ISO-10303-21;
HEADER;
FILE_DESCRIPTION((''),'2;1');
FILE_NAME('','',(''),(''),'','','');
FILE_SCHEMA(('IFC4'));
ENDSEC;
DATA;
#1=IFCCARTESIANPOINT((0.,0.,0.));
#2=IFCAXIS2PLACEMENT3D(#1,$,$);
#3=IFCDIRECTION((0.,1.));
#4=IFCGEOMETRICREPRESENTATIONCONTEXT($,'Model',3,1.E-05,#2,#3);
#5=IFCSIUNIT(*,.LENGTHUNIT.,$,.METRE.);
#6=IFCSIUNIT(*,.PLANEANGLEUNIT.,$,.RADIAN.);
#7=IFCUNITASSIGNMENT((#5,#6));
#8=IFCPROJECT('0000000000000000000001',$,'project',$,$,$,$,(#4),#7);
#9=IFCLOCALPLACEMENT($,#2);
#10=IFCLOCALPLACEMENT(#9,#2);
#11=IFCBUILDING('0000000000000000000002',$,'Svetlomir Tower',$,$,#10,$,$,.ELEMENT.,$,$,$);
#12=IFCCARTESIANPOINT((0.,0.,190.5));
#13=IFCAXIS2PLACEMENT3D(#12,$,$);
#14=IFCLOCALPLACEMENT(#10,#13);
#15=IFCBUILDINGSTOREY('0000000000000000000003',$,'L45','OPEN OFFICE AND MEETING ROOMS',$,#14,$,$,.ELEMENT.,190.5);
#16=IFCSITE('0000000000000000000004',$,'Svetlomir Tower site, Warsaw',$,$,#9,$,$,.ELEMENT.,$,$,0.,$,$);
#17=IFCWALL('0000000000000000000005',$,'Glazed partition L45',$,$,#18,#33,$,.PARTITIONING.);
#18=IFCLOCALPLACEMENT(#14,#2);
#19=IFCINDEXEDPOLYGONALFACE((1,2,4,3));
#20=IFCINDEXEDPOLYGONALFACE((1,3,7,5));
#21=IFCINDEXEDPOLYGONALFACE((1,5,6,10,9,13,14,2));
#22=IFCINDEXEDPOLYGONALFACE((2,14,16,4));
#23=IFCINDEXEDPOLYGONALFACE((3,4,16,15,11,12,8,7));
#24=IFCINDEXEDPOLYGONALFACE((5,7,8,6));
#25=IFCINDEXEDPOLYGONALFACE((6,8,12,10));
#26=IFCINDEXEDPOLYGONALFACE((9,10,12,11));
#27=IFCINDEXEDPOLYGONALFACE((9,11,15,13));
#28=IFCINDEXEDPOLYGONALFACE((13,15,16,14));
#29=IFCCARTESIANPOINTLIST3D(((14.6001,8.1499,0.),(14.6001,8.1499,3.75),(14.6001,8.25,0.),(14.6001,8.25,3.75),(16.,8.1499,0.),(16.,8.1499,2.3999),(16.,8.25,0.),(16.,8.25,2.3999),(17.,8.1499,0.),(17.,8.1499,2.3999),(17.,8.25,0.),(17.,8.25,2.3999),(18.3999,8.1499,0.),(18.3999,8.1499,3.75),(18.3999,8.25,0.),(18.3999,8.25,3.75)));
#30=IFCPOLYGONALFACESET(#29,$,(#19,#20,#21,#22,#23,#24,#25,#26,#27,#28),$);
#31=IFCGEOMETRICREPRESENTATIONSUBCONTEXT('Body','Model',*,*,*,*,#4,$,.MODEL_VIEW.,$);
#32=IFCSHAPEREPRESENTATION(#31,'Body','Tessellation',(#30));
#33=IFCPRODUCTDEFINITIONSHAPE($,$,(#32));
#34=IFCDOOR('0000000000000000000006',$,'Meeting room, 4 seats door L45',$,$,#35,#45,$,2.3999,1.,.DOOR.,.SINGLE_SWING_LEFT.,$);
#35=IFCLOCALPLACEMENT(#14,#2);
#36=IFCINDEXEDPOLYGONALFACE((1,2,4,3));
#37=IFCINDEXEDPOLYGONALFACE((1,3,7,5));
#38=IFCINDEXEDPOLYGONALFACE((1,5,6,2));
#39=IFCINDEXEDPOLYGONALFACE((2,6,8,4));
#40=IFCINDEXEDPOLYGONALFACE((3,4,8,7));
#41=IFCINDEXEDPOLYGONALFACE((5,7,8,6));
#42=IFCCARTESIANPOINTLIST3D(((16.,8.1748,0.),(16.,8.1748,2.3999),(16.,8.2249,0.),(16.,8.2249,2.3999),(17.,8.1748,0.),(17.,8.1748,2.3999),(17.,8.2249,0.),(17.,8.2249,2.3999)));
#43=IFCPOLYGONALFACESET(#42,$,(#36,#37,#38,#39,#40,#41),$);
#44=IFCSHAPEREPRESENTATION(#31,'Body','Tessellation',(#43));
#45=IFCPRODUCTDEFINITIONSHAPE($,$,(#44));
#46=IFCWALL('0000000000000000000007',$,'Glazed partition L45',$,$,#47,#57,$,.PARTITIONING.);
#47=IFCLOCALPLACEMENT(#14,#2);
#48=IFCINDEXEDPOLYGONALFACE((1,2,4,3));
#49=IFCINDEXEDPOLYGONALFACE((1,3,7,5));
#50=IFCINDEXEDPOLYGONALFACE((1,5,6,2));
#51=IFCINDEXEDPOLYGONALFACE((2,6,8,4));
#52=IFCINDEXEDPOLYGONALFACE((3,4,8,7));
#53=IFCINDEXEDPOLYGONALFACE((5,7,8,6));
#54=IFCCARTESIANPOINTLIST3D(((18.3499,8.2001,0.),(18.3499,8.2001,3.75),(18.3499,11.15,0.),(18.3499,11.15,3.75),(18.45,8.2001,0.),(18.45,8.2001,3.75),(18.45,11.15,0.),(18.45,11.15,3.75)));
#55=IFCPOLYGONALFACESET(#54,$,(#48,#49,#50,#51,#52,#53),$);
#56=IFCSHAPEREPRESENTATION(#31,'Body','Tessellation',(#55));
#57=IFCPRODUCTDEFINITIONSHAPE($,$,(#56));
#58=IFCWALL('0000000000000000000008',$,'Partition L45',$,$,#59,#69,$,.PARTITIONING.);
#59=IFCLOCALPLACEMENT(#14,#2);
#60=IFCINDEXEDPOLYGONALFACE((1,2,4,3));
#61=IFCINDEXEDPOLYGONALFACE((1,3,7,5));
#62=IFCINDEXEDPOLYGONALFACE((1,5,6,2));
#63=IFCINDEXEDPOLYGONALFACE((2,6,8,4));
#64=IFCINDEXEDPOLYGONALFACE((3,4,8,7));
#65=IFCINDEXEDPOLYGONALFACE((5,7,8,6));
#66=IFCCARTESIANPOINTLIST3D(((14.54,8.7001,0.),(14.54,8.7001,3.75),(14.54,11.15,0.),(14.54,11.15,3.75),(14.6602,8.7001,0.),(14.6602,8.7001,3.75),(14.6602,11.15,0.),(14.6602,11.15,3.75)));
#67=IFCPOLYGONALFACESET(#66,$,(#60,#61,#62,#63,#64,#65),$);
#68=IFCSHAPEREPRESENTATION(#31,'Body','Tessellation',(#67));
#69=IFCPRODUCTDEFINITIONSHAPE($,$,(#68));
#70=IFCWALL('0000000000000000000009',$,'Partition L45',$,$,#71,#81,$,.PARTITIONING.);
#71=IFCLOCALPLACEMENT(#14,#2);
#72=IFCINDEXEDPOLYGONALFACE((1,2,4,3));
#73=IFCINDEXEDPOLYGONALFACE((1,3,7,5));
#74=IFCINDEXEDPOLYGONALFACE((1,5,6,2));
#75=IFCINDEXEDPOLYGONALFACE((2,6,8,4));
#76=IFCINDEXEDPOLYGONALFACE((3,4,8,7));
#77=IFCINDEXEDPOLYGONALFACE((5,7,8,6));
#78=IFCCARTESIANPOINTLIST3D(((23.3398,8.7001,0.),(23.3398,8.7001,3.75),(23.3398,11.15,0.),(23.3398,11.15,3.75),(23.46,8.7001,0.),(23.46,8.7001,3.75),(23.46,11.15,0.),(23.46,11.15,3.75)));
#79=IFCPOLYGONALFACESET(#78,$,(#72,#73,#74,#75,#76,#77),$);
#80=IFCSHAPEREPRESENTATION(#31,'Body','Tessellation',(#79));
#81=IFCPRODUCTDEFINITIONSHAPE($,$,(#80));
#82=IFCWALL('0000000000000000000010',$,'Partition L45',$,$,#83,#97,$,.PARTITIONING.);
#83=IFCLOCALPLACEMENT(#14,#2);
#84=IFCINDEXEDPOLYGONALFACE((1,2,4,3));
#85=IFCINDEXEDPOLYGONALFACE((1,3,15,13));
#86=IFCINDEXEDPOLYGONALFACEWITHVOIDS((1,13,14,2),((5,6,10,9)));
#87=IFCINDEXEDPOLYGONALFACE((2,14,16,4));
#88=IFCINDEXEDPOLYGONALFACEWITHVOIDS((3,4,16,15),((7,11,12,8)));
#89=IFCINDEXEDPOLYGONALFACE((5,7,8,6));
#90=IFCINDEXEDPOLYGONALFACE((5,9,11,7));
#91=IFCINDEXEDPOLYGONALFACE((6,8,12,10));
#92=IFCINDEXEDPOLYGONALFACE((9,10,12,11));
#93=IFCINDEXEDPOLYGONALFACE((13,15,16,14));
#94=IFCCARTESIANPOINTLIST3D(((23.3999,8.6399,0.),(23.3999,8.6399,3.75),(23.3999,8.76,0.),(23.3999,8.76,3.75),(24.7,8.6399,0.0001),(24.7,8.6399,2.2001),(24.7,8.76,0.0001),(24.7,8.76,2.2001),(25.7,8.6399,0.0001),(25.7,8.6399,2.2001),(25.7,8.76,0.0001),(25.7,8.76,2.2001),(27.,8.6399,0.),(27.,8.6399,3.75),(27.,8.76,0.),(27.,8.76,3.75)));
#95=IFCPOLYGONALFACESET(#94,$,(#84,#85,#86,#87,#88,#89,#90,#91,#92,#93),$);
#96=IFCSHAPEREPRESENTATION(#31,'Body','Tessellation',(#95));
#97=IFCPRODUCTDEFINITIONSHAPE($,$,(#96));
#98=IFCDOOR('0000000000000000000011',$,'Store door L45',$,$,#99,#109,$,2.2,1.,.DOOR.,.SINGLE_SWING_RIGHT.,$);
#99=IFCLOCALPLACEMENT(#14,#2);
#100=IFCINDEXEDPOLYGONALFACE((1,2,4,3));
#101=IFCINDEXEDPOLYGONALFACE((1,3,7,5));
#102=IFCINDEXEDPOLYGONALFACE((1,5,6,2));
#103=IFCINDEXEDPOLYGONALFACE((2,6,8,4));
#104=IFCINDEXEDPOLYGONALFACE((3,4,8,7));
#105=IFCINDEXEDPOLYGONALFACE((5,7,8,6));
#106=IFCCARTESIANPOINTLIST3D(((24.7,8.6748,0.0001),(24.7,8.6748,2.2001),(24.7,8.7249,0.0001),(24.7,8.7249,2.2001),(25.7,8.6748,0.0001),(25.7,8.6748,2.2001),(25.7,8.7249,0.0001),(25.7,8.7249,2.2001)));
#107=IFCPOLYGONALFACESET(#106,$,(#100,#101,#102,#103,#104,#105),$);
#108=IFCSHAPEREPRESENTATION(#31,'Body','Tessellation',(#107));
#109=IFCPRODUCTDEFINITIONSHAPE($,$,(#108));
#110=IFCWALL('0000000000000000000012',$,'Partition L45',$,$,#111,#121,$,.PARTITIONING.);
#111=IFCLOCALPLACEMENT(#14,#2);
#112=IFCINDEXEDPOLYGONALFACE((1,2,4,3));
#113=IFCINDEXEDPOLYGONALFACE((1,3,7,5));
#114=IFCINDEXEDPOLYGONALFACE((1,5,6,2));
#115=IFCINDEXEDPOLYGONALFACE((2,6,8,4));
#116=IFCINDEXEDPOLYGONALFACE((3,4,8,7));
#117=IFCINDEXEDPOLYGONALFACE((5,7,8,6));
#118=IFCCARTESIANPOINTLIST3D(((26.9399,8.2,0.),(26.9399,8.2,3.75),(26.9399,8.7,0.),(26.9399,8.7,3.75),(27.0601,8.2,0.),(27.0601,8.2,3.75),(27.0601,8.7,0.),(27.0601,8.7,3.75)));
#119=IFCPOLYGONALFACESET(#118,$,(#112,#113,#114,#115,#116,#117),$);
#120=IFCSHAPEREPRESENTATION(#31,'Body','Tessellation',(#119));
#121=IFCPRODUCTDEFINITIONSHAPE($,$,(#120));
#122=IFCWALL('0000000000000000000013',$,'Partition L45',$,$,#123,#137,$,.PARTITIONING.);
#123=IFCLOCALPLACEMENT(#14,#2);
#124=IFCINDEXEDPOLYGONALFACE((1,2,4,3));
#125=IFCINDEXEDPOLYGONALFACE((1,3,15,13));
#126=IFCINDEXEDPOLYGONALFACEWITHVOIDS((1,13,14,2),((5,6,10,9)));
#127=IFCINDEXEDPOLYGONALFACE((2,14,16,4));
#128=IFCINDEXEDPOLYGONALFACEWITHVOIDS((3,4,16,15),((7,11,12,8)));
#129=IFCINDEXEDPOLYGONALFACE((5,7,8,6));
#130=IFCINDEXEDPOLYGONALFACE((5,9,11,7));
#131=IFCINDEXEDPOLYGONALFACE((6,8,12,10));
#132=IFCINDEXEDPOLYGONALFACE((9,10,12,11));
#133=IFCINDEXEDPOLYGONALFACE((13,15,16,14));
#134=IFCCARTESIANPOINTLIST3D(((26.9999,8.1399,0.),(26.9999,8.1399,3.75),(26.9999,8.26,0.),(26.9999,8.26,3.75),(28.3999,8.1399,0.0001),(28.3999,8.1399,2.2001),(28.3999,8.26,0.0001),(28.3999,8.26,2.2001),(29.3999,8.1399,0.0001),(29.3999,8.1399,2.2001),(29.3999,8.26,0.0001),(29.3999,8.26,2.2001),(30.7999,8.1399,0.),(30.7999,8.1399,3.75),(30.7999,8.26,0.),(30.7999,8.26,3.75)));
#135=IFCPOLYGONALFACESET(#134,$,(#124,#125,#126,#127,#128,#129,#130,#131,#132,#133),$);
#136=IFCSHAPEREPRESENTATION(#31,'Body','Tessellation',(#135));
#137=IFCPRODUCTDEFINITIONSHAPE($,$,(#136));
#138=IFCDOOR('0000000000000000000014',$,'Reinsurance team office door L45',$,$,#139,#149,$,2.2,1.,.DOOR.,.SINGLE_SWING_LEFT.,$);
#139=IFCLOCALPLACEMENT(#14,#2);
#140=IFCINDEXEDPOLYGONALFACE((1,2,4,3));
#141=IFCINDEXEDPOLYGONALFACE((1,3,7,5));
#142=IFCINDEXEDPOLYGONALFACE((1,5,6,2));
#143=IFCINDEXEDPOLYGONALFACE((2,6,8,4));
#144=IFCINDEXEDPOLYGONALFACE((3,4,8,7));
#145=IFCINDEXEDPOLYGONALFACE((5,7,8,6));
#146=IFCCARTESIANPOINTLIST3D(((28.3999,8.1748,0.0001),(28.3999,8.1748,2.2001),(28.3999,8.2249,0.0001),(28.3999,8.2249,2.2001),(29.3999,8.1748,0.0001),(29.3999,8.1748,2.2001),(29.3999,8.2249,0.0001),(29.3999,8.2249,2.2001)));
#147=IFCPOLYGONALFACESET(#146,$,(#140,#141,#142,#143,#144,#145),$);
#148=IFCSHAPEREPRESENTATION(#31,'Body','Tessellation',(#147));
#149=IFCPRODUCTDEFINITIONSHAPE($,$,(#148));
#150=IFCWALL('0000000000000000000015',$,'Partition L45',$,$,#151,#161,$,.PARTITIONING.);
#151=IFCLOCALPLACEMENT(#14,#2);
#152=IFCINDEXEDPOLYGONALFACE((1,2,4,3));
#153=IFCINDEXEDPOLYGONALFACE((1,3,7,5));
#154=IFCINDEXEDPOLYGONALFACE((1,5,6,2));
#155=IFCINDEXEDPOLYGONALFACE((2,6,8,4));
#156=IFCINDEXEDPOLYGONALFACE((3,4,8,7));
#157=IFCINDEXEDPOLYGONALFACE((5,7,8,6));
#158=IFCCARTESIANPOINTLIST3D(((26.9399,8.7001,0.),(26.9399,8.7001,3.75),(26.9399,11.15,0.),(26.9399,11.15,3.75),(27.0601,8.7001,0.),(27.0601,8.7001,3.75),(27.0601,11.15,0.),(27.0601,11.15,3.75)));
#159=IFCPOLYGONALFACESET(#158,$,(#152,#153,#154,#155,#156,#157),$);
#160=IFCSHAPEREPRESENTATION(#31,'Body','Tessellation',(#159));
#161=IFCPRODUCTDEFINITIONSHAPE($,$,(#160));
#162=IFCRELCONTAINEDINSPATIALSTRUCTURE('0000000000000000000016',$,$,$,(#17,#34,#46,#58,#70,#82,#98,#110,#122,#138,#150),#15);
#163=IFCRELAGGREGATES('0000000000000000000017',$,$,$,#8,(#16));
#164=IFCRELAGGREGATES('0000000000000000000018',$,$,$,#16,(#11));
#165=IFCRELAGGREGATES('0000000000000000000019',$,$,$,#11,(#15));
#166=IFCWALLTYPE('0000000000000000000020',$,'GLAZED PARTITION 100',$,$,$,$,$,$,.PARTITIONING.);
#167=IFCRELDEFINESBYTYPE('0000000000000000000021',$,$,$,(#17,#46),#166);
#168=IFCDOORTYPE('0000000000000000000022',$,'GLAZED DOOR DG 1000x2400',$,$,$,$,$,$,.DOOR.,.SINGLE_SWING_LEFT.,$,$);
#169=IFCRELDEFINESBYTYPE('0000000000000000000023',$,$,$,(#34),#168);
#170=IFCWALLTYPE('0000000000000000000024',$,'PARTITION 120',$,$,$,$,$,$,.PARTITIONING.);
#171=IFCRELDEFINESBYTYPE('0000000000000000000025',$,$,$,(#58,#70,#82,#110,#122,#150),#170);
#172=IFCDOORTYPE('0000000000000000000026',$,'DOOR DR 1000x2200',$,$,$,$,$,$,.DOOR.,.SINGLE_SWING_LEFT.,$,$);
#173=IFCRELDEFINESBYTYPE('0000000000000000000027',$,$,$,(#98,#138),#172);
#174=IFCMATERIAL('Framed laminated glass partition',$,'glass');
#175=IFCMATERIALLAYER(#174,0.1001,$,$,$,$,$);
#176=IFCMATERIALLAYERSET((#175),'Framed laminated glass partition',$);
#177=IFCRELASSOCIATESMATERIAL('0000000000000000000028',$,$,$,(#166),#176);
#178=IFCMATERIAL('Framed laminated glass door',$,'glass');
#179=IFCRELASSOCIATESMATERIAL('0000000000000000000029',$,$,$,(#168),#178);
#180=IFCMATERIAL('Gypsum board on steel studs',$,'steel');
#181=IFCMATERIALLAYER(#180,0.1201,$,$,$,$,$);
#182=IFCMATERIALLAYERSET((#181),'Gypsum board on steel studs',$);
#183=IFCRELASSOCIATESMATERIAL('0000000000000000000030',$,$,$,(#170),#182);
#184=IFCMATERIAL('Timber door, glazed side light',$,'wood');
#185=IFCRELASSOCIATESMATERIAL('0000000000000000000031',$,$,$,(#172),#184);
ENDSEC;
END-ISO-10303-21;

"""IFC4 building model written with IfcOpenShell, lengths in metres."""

from ifc_helpers import new_model, si_unit, direction, frame, frame_2d, origin, place, context, subcontext, project, spatial, rectangle, extrude, material, layer, layer_set, type_object, element, fill, save


model = new_model("IFC4")

# Units and contexts
model_context = context("Model", 3, precision=1e-05, world=origin(), true_north=direction((0.0, 1.0)))
body_context = subcontext(model_context, "Body", "Model", "MODEL_VIEW")
ifc_project = project(units=[si_unit("LENGTHUNIT", "METRE"), si_unit("PLANEANGLEUNIT", "RADIAN")], contexts=[model_context])

# Site, building, storey
site_placement = place(None, origin())
site = spatial("IfcSite", under=ifc_project, at=site_placement, Name="Svetlomir Tower site, Warsaw", CompositionType="ELEMENT", RefElevation=0.0)
building_placement = place(site_placement, origin())
building = spatial("IfcBuilding", under=site, at=building_placement, Name="Svetlomir Tower", CompositionType="ELEMENT")
storey_placement = place(building_placement, frame((0.0, 0.0, 190.5)))
storey = spatial("IfcBuildingStorey", under=building, at=storey_placement, Name="L45", Description="OPEN OFFICE AND MEETING ROOMS", CompositionType="ELEMENT", Elevation=190.5)

# Wall, opening, door
ifc_material_1 = material(Name="Framed laminated glass partition", Category="glass")
ifc_layer_1 = layer(ifc_material_1, 0.1001)
ifc_layer_set_1 = layer_set([ifc_layer_1], Name="Framed laminated glass partition")
wall_type_1 = type_object("IfcWallType", Name="GLAZED PARTITION 100", PredefinedType="PARTITIONING", material=ifc_layer_set_1)
wall_1_placement = place(storey_placement, frame((14.6001, 8.2, 0.0), z_axis=(0.0, 0.0, 1.0), x_axis=(1.0, 0.0, 0.0)))
wall_1 = element("IfcWall", 1, at=wall_1_placement, inside=storey, type_object=wall_type_1, Name="Glazed partition L45", PredefinedType="PARTITIONING", context=body_context, shape_type="SweptSolid", body=[
    extrude(rectangle(XDim=3.7998, YDim=0.1001, at=frame_2d((1.8999, 0.0))), origin(), (0.0, 0.0, 1.0), 3.75),
])
opening_1_placement = place(wall_1_placement, frame((1.3999, 0.0, 0.0)))
opening_1 = element("IfcOpeningElement", 2, at=opening_1_placement, cuts=wall_1, PredefinedType="OPENING", context=body_context, shape_type="SweptSolid", body=[
    extrude(rectangle(XDim=1.0, YDim=2.3999, at=frame_2d((0.5, 1.2))), frame((0.0, 0.0601, 0.0), z_axis=(0.0, -1.0, 0.0), x_axis=(1.0, 0.0, 0.0)), (0.0, 0.0, 1.0), 0.1201),
])
ifc_material_2 = material(Name="Framed laminated glass door", Category="glass")
door_type_1 = type_object("IfcDoorType", Name="GLAZED DOOR DG 1000x2400", OperationType="SINGLE_SWING_LEFT", PredefinedType="DOOR", material=ifc_material_2)
door_1_placement = place(opening_1_placement, origin())
door_1 = element("IfcDoor", 3, at=door_1_placement, inside=storey, type_object=door_type_1, Name="Meeting room, 4 seats door L45", OperationType="SINGLE_SWING_LEFT", OverallHeight=2.3999, OverallWidth=1.0, PredefinedType="DOOR", context=body_context, shape_type="SweptSolid", body=[
    extrude(rectangle(XDim=1.0, YDim=2.3999, at=frame_2d((0.5, 1.2))), frame((0.0, 0.0249, 0.0), z_axis=(0.0, -1.0, 0.0), x_axis=(1.0, 0.0, 0.0)), (0.0, 0.0, 1.0), 0.05),
])
fill(opening_1, door_1)

# Walls
wall_2_placement = place(storey_placement, frame((18.3999, 8.2, 0.0), z_axis=(0.0, 0.0, 1.0), x_axis=(0.0, 1.0, 0.0)))
element("IfcWall", 4, at=wall_2_placement, inside=storey, type_object=wall_type_1, Name="Glazed partition L45", PredefinedType="PARTITIONING", context=body_context, shape_type="SweptSolid", body=[
    extrude(rectangle(XDim=2.95, YDim=0.1001, at=frame_2d((1.4751, 0.0))), origin(), (0.0, 0.0, 1.0), 3.75),
])
ifc_material_3 = material(Name="Gypsum board on steel studs", Category="steel")
ifc_layer_2 = layer(ifc_material_3, 0.1201)
ifc_layer_set_2 = layer_set([ifc_layer_2], Name="Gypsum board on steel studs")
wall_type_2 = type_object("IfcWallType", Name="PARTITION 120", PredefinedType="PARTITIONING", material=ifc_layer_set_2)
for number, where, z_axis, x_axis, name in (
    (5, (14.6001, 8.7, 0.0), (0.0, 0.0, 1.0), (0.0, 1.0, 0.0), "Partition L45"),
    (6, (23.3999, 8.7, 0.0), (0.0, 0.0, 1.0), (0.0, 1.0, 0.0), "Partition L45"),
):
    element("IfcWall", number, at=place(storey_placement, frame(where, z_axis=z_axis, x_axis=x_axis)), inside=storey, type_object=wall_type_2, Name=name, PredefinedType="PARTITIONING", context=body_context, shape_type="SweptSolid", body=[
        extrude(rectangle(XDim=2.45, YDim=0.1201, at=frame_2d((1.2251, 0.0))), origin(), (0.0, 0.0, 1.0), 3.75),
    ])

# Wall, opening, door
wall_3_placement = place(storey_placement, frame((23.3999, 8.7, 0.0), z_axis=(0.0, 0.0, 1.0), x_axis=(1.0, 0.0, 0.0)))
wall_3 = element("IfcWall", 7, at=wall_3_placement, inside=storey, type_object=wall_type_2, Name="Partition L45", PredefinedType="PARTITIONING", context=body_context, shape_type="SweptSolid", body=[
    extrude(rectangle(XDim=3.6001, YDim=0.1201, at=frame_2d((1.8, 0.0))), origin(), (0.0, 0.0, 1.0), 3.75),
])
opening_2_placement = place(wall_3_placement, frame((1.3, 0.0, 0.0)))
opening_2 = element("IfcOpeningElement", 8, at=opening_2_placement, cuts=wall_3, PredefinedType="OPENING", context=body_context, shape_type="SweptSolid", body=[
    extrude(rectangle(XDim=1.0, YDim=2.2, at=frame_2d((0.5, 1.1001))), frame((0.0, 0.0701, 0.0), z_axis=(0.0, -1.0, 0.0), x_axis=(1.0, 0.0, 0.0)), (0.0, 0.0, 1.0), 0.1401),
])
ifc_material_4 = material(Name="Timber door, glazed side light", Category="wood")
door_type_2 = type_object("IfcDoorType", Name="DOOR DR 1000x2200", OperationType="SINGLE_SWING_LEFT", PredefinedType="DOOR", material=ifc_material_4)
door_2_placement = place(opening_2_placement, origin())
door_2 = element("IfcDoor", 9, at=door_2_placement, inside=storey, type_object=door_type_2, Name="Store door L45", OperationType="SINGLE_SWING_RIGHT", OverallHeight=2.2, OverallWidth=1.0, PredefinedType="DOOR", context=body_context, shape_type="SweptSolid", body=[
    extrude(rectangle(XDim=1.0, YDim=2.2, at=frame_2d((0.5, 1.1001))), frame((0.0, 0.0249, 0.0), z_axis=(0.0, -1.0, 0.0), x_axis=(1.0, 0.0, 0.0)), (0.0, 0.0, 1.0), 0.05),
])
fill(opening_2, door_2)

# Wall
wall_4_placement = place(storey_placement, frame((27.0, 8.2, 0.0), z_axis=(0.0, 0.0, 1.0), x_axis=(0.0, 1.0, 0.0)))
element("IfcWall", 10, at=wall_4_placement, inside=storey, type_object=wall_type_2, Name="Partition L45", PredefinedType="PARTITIONING", context=body_context, shape_type="SweptSolid", body=[
    extrude(rectangle(XDim=0.5, YDim=0.1201, at=frame_2d((0.25, 0.0))), origin(), (0.0, 0.0, 1.0), 3.75),
])

# Wall, opening, door
wall_5_placement = place(storey_placement, frame((27.0, 8.2, 0.0), z_axis=(0.0, 0.0, 1.0), x_axis=(1.0, 0.0, 0.0)))
wall_5 = element("IfcWall", 11, at=wall_5_placement, inside=storey, type_object=wall_type_2, Name="Partition L45", PredefinedType="PARTITIONING", context=body_context, shape_type="SweptSolid", body=[
    extrude(rectangle(XDim=3.8, YDim=0.1201, at=frame_2d((1.8999, 0.0))), origin(), (0.0, 0.0, 1.0), 3.75),
])
opening_3_placement = place(wall_5_placement, frame((1.3999, 0.0, 0.0)))
opening_3 = element("IfcOpeningElement", 12, at=opening_3_placement, cuts=wall_5, PredefinedType="OPENING", context=body_context, shape_type="SweptSolid", body=[
    extrude(rectangle(XDim=1.0, YDim=2.2, at=frame_2d((0.5, 1.1001))), frame((0.0, 0.0701, 0.0), z_axis=(0.0, -1.0, 0.0), x_axis=(1.0, 0.0, 0.0)), (0.0, 0.0, 1.0), 0.1401),
])
door_3_placement = place(opening_3_placement, origin())
door_3 = element("IfcDoor", 13, at=door_3_placement, inside=storey, type_object=door_type_2, Name="Reinsurance team office door L45", OperationType="SINGLE_SWING_LEFT", OverallHeight=2.2, OverallWidth=1.0, PredefinedType="DOOR", context=body_context, shape_type="SweptSolid", body=[
    extrude(rectangle(XDim=1.0, YDim=2.2, at=frame_2d((0.5, 1.1001))), frame((0.0, 0.0249, 0.0), z_axis=(0.0, -1.0, 0.0), x_axis=(1.0, 0.0, 0.0)), (0.0, 0.0, 1.0), 0.05),
])
fill(opening_3, door_3)

# Wall
wall_6_placement = place(storey_placement, frame((27.0, 8.7, 0.0), z_axis=(0.0, 0.0, 1.0), x_axis=(0.0, 1.0, 0.0)))
element("IfcWall", 14, at=wall_6_placement, inside=storey, type_object=wall_type_2, Name="Partition L45", PredefinedType="PARTITIONING", context=body_context, shape_type="SweptSolid", body=[
    extrude(rectangle(XDim=2.45, YDim=0.1201, at=frame_2d((1.2251, 0.0))), origin(), (0.0, 0.0, 1.0), 3.75),
])

save(model, "model.ifc")
